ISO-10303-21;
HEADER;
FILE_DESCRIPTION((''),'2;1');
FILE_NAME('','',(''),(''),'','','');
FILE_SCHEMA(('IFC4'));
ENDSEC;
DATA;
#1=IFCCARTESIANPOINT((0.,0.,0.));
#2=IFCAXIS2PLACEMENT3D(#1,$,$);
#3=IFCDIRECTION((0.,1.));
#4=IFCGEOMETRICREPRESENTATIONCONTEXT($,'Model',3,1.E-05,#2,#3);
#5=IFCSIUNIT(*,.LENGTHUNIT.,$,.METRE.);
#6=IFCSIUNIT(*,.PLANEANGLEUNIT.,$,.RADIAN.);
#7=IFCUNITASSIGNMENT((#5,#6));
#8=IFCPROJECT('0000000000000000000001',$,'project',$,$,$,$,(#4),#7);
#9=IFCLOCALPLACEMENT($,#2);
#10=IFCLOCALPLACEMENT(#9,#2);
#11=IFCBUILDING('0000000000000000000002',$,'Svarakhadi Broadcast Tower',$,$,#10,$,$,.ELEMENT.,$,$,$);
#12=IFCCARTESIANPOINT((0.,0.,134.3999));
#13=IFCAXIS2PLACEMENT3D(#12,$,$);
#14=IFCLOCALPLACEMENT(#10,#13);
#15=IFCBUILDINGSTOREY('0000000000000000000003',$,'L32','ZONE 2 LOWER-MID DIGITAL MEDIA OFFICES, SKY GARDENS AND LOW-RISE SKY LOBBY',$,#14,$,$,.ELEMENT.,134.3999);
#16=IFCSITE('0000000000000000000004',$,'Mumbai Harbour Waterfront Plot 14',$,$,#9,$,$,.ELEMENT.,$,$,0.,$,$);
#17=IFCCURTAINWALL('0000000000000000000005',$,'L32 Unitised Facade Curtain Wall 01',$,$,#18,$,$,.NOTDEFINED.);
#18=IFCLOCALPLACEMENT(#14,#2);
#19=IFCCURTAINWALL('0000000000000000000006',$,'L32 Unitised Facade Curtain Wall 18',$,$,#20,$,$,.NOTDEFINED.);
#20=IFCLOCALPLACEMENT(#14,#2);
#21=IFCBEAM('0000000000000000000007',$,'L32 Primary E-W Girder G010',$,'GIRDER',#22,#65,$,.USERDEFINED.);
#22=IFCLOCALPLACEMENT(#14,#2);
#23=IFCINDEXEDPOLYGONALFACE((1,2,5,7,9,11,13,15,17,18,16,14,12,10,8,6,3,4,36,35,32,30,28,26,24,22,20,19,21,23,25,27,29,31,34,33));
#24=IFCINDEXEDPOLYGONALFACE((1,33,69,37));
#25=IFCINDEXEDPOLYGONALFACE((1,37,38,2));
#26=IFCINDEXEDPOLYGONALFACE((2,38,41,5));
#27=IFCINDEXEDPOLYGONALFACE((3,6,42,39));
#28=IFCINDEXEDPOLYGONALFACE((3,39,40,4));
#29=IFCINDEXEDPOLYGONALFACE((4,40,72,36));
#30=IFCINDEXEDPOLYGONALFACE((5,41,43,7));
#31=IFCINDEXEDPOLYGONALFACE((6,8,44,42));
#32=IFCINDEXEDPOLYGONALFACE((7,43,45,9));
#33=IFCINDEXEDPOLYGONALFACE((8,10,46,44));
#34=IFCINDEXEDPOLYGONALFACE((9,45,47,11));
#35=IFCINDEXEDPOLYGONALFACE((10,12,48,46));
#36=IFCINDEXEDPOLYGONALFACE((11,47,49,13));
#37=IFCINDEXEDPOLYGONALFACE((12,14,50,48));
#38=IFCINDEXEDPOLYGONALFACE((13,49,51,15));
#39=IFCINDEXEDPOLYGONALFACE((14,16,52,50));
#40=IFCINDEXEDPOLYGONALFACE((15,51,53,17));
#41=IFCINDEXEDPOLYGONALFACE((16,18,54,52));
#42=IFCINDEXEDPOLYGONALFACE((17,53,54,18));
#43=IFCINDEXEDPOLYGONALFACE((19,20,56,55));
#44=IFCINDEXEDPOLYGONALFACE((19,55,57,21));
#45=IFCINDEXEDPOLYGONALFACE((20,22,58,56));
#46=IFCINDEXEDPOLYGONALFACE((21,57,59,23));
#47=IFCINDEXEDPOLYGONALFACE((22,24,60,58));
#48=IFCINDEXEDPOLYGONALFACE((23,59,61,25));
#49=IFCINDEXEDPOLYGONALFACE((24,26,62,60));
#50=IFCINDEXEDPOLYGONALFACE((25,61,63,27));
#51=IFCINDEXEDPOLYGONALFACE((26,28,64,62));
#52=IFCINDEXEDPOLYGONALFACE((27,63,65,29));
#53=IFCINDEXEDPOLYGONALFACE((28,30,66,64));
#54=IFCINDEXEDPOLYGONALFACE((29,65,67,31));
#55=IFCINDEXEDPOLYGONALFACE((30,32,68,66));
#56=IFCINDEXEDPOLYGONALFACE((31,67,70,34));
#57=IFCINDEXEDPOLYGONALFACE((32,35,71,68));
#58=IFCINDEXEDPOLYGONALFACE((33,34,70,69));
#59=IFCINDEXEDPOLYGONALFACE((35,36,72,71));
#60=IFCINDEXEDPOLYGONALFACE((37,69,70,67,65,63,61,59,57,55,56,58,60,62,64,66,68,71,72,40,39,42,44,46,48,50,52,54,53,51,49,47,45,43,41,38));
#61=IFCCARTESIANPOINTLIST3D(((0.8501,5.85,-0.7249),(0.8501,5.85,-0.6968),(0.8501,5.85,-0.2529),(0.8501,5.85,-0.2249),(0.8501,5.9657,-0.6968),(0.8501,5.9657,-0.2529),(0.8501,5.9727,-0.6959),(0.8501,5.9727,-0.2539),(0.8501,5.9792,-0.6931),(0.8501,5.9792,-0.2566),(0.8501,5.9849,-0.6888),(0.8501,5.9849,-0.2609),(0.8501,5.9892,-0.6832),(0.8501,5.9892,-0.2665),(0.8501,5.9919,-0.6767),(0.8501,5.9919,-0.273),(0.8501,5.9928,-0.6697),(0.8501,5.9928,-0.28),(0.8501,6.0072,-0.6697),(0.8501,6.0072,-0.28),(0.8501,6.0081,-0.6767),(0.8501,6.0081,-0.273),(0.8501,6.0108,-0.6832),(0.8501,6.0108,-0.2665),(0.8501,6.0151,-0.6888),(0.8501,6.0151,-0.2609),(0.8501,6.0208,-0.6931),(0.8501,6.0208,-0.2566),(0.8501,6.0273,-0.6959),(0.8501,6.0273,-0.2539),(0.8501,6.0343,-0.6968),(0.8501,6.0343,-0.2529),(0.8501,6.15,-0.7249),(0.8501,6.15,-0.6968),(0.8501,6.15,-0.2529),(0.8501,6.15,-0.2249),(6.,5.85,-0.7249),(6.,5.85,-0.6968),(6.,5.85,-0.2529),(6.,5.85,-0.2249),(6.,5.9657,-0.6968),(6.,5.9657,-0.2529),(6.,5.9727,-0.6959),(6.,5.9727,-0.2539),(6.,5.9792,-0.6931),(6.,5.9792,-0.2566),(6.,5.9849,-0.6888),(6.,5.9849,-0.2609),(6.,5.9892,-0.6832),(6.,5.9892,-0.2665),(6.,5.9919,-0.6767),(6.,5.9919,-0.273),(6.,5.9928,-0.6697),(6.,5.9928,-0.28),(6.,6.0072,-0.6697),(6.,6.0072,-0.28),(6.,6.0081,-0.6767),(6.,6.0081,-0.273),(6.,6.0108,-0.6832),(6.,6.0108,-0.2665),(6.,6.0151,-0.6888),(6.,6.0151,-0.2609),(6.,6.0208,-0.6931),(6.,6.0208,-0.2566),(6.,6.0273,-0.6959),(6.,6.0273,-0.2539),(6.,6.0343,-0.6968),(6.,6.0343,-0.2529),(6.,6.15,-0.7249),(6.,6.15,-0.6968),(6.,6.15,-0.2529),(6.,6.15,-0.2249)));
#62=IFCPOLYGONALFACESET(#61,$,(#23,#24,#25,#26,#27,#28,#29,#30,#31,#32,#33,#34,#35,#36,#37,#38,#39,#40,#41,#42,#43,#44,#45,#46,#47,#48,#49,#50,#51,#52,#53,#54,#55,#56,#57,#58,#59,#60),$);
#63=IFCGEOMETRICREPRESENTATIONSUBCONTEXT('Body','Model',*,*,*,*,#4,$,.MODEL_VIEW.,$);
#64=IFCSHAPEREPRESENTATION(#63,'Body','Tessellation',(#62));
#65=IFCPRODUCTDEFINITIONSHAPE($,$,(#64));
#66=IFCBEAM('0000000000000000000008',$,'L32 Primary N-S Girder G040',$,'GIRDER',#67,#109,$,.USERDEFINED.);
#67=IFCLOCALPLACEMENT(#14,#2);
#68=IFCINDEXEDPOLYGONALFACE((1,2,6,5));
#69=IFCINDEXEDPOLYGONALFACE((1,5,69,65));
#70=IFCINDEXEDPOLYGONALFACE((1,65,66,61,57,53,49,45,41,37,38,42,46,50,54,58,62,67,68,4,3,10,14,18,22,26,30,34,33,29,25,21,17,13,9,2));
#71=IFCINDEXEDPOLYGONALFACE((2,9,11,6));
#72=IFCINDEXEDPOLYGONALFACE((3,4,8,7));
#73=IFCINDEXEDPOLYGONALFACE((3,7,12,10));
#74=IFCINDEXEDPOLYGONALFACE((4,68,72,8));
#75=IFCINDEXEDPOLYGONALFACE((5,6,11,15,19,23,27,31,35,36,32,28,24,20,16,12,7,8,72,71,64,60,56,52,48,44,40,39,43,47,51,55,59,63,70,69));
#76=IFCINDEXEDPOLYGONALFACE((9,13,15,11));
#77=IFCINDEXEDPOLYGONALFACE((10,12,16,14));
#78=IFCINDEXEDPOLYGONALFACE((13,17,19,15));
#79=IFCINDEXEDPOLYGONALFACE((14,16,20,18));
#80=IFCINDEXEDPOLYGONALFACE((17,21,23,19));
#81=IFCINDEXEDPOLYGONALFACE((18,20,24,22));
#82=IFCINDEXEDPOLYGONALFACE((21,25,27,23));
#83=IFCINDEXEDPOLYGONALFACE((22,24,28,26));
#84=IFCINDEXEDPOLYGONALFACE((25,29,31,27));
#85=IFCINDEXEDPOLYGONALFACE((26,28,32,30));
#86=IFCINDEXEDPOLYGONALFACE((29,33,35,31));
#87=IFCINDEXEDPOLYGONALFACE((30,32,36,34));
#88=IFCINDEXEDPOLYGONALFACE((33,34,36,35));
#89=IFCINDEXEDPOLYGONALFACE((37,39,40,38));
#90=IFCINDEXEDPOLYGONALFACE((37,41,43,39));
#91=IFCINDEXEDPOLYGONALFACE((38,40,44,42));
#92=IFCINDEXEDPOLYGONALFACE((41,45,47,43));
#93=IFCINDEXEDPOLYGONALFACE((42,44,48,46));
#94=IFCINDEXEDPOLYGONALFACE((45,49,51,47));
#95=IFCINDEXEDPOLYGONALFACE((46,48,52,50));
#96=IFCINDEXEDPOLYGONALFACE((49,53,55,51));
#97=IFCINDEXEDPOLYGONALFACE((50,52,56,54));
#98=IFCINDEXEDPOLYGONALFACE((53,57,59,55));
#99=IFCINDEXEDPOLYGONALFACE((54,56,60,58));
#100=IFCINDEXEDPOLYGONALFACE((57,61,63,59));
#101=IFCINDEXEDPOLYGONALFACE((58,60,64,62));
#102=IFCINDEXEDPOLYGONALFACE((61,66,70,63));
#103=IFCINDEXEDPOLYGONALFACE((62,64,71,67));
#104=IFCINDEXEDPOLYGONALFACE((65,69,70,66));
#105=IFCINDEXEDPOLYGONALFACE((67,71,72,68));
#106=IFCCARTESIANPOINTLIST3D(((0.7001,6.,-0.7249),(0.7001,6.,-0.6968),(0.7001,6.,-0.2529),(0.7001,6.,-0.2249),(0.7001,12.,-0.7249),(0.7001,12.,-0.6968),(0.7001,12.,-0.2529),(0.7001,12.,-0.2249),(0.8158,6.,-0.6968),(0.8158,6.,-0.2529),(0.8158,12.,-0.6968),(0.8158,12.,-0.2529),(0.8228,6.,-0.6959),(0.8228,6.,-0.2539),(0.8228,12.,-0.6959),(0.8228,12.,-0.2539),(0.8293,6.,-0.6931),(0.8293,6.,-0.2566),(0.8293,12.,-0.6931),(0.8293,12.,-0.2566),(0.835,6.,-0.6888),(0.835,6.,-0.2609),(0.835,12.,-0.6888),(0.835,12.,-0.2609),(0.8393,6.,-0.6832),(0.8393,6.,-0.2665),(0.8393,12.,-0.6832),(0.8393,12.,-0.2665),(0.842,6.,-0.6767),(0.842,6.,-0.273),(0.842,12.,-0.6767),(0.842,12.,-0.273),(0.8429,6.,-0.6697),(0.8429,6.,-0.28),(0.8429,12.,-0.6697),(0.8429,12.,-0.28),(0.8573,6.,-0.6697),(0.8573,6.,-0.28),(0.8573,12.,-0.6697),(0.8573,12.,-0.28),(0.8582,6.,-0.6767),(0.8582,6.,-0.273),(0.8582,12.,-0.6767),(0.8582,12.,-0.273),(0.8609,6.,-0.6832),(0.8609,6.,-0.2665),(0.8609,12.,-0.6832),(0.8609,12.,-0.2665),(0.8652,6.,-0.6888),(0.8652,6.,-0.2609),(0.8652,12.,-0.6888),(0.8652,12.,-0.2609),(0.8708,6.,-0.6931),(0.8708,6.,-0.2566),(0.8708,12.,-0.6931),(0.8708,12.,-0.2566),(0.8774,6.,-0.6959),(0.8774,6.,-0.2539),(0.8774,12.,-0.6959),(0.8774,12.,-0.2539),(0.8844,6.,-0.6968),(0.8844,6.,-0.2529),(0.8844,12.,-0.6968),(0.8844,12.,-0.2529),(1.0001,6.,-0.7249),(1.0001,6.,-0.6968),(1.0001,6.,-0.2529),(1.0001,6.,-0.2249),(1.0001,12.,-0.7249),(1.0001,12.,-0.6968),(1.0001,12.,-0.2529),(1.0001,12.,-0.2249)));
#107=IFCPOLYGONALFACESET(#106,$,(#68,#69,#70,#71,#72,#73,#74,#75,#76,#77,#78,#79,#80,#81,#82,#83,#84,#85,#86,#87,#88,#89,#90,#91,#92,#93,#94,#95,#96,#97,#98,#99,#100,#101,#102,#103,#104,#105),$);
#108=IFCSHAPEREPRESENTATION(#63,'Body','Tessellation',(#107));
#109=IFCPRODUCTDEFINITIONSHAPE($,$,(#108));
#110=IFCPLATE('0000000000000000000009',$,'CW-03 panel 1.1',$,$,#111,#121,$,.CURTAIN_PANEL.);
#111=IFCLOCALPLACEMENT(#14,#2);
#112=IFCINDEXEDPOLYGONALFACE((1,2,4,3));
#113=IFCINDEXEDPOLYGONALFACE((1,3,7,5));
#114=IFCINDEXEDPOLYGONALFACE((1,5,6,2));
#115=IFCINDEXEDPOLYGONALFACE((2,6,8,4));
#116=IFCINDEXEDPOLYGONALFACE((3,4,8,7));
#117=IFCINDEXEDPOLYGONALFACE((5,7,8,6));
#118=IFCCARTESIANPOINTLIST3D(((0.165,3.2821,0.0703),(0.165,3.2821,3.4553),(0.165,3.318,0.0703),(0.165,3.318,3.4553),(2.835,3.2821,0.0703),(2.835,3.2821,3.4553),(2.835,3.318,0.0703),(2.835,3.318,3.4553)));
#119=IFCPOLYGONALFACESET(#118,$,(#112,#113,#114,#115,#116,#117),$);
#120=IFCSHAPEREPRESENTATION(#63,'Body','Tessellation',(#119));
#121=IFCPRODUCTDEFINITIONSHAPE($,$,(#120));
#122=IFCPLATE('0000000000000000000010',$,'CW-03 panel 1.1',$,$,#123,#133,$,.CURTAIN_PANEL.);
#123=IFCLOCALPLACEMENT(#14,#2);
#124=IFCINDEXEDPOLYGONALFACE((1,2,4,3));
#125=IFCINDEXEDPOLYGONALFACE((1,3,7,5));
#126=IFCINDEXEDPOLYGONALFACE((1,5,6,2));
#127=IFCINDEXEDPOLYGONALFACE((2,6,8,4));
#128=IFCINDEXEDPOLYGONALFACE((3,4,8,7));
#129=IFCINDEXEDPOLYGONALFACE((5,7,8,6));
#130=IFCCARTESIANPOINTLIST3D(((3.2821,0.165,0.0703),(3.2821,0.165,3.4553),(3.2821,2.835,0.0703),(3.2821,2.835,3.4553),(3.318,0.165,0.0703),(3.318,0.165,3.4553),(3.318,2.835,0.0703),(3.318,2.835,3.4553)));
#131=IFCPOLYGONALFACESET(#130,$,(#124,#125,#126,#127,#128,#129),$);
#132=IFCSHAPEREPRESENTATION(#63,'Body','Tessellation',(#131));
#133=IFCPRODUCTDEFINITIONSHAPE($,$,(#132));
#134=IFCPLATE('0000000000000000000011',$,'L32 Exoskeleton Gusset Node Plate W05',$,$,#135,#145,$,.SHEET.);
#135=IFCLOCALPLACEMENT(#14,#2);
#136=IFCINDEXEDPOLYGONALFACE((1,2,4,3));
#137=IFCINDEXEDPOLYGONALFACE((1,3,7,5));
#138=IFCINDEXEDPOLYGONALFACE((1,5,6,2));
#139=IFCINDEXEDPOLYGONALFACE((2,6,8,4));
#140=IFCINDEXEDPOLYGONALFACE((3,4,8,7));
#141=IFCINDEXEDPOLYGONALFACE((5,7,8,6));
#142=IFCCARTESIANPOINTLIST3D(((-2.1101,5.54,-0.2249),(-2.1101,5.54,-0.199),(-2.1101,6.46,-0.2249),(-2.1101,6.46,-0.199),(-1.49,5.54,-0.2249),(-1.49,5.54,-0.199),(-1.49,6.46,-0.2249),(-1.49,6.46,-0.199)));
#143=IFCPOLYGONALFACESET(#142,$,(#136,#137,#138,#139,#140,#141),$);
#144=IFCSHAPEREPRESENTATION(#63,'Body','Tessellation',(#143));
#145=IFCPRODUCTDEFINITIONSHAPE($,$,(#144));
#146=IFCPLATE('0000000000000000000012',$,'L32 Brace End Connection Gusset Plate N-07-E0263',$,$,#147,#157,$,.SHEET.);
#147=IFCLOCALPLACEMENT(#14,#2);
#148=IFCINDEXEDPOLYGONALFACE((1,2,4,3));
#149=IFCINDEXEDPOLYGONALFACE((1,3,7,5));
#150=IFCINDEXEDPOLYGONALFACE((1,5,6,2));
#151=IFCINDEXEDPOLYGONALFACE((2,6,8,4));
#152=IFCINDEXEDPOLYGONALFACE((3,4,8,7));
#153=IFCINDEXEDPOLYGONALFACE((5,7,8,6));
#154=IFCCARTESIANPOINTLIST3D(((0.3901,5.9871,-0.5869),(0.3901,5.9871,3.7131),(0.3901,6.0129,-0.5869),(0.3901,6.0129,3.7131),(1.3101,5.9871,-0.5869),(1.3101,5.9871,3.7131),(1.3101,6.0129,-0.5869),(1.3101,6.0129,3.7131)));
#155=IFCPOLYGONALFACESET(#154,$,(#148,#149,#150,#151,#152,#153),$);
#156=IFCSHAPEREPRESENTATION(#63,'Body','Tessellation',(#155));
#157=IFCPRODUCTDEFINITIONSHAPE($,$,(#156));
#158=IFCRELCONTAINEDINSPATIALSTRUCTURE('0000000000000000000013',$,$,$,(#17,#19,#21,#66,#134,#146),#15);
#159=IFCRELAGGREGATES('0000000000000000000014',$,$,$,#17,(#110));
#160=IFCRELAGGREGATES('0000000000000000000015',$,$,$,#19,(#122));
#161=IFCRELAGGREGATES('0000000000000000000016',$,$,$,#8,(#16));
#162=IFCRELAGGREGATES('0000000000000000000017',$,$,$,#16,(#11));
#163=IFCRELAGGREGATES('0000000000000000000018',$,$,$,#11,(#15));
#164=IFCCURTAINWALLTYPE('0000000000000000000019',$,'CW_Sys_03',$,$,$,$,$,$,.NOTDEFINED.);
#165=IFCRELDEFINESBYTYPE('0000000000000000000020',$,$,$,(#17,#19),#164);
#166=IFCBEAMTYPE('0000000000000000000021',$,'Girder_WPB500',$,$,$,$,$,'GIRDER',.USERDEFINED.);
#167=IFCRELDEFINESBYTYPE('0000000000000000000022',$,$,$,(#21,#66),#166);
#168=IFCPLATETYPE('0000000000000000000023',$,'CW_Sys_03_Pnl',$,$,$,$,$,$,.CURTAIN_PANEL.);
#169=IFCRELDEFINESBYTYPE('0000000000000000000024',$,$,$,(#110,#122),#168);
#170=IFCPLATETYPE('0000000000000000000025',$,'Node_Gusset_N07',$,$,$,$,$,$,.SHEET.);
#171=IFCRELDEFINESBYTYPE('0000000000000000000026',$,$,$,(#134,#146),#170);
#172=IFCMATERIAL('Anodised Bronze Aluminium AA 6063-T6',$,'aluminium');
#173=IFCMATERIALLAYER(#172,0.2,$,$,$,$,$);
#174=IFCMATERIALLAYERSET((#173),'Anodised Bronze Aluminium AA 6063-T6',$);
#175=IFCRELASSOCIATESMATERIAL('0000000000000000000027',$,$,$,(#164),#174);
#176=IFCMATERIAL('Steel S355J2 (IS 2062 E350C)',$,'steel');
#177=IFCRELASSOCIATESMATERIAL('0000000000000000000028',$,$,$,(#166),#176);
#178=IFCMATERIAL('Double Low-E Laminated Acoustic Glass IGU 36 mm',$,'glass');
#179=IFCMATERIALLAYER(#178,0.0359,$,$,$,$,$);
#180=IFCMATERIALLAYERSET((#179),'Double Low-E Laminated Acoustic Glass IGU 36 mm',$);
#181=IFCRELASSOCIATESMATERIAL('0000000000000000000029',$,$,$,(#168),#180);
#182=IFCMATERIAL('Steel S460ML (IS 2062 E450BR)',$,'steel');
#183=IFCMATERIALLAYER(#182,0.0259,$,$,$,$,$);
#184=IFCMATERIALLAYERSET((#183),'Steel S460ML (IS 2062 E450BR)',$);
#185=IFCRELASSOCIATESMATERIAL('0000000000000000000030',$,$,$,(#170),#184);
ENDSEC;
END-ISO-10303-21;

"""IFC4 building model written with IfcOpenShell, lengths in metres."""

from ifc_helpers import new_model, si_unit, direction, frame, origin, origin_2d, place, context, subcontext, project, spatial, rectangle, i_section, extrude, material, layer, layer_set, material_profile, profile_set, type_object, element, aggregate, save


model = new_model("IFC4")

# Units and contexts
model_context = context("Model", 3, precision=1e-05, world=origin(), true_north=direction((0.0, 1.0)))
body_context = subcontext(model_context, "Body", "Model", "MODEL_VIEW")
ifc_project = project(units=[si_unit("LENGTHUNIT", "METRE"), si_unit("PLANEANGLEUNIT", "RADIAN")], contexts=[model_context])

# Site, building, storey
site_placement = place(None, origin())
site = spatial("IfcSite", under=ifc_project, at=site_placement, Name="Mumbai Harbour Waterfront Plot 14", CompositionType="ELEMENT", RefElevation=0.0)
building_placement = place(site_placement, origin())
building = spatial("IfcBuilding", under=site, at=building_placement, Name="Svarakhadi Broadcast Tower", CompositionType="ELEMENT")
storey_placement = place(building_placement, frame((0.0, 0.0, 134.3999)))
storey = spatial("IfcBuildingStorey", under=building, at=storey_placement, Name="L32", Description="ZONE 2 LOWER-MID DIGITAL MEDIA OFFICES, SKY GARDENS AND LOW-RISE SKY LOBBY", CompositionType="ELEMENT", Elevation=134.3999)

# Shared definitions
ifc_material_1 = material(Name="Steel S460ML (IS 2062 E450BR)", Category="steel")

# Curtain wall
ifc_material_2 = material(Name="Anodised Bronze Aluminium AA 6063-T6", Category="aluminium")
ifc_layer_1 = layer(ifc_material_2, 0.2)
ifc_layer_set_1 = layer_set([ifc_layer_1], Name="Anodised Bronze Aluminium AA 6063-T6")
curtain_wall_type = type_object("IfcCurtainWallType", Name="CW_Sys_03", PredefinedType="NOTDEFINED", material=ifc_layer_set_1)
curtain_wall_1_placement = place(storey_placement, origin())
curtain_wall_1 = element("IfcCurtainWall", 1, at=curtain_wall_1_placement, inside=storey, type_object=curtain_wall_type, Name="L32 Unitised Facade Curtain Wall 01", PredefinedType="NOTDEFINED")

# Curtain wall
curtain_wall_2_placement = place(storey_placement, origin())
curtain_wall_2 = element("IfcCurtainWall", 2, at=curtain_wall_2_placement, inside=storey, type_object=curtain_wall_type, Name="L32 Unitised Facade Curtain Wall 18", PredefinedType="NOTDEFINED")

# Beams
ifc_material_3 = material(Name="Steel S355J2 (IS 2062 E350C)", Category="steel")
ifc_material_profile_1 = material_profile(ifc_material_3, i_section(OverallWidth=0.3, OverallDepth=0.5, WebThickness=0.0144, FlangeThickness=0.0281, FilletRadius=0.0271, at=origin_2d()), Name="WPB 500x300x187")
ifc_profile_set_1 = profile_set([ifc_material_profile_1], Name="Steel S355J2 (IS 2062 E350C)")
beam_type = type_object("IfcBeamType", Name="Girder_WPB500", ElementType="GIRDER", PredefinedType="USERDEFINED", material=ifc_profile_set_1)
beam_1_placement = place(storey_placement, frame((0.8501, 6.0, -0.4749), z_axis=(1.0, 0.0, 0.0), x_axis=(0.0, 1.0, 0.0)))
element("IfcBeam", 3, at=beam_1_placement, inside=storey, type_object=beam_type, Name="L32 Primary E-W Girder G010", ObjectType="GIRDER", PredefinedType="USERDEFINED", context=body_context, shape_type="SweptSolid", body=[
    extrude(i_section(OverallWidth=0.3, OverallDepth=0.5, WebThickness=0.0144, FlangeThickness=0.0281, FilletRadius=0.0271, at=origin_2d()), origin(), (0.0, 0.0, 1.0), 5.1499),
])
beam_2_placement = place(storey_placement, frame((0.8501, 6.0, -0.4749), z_axis=(0.0, 1.0, 0.0), x_axis=(-1.0, 0.0, 0.0)))
element("IfcBeam", 4, at=beam_2_placement, inside=storey, type_object=beam_type, Name="L32 Primary N-S Girder G040", ObjectType="GIRDER", PredefinedType="USERDEFINED", context=body_context, shape_type="SweptSolid", body=[
    extrude(i_section(OverallWidth=0.3, OverallDepth=0.5, WebThickness=0.0144, FlangeThickness=0.0281, FilletRadius=0.0271, at=origin_2d()), origin(), (0.0, 0.0, 1.0), 6.0),
])

# Plates
ifc_material_4 = material(Name="Double Low-E Laminated Acoustic Glass IGU 36 mm", Category="glass")
ifc_layer_2 = layer(ifc_material_4, 0.0359)
ifc_layer_set_2 = layer_set([ifc_layer_2], Name="Double Low-E Laminated Acoustic Glass IGU 36 mm")
plate_type_1 = type_object("IfcPlateType", Name="CW_Sys_03_Pnl", PredefinedType="CURTAIN_PANEL", material=ifc_layer_set_2)
plate_1_placement = place(storey_placement, frame((1.5, 3.3, 0.0703), z_axis=(0.0, 0.0, 1.0), x_axis=(-1.0, 0.0, 0.0)))
plate_1 = element("IfcPlate", 5, at=plate_1_placement, type_object=plate_type_1, Name="CW-03 panel 1.1", PredefinedType="CURTAIN_PANEL", context=body_context, shape_type="SweptSolid", body=[
    extrude(rectangle(XDim=2.6699, YDim=0.0359, at=origin_2d()), origin(), (0.0, 0.0, 1.0), 3.385),
])
aggregate(curtain_wall_1, [plate_1])
plate_2_placement = place(storey_placement, frame((3.3, 1.5, 0.0703), z_axis=(0.0, 0.0, 1.0), x_axis=(0.0, 1.0, 0.0)))
plate_2 = element("IfcPlate", 6, at=plate_2_placement, type_object=plate_type_1, Name="CW-03 panel 1.1", PredefinedType="CURTAIN_PANEL", context=body_context, shape_type="SweptSolid", body=[
    extrude(rectangle(XDim=2.6699, YDim=0.0359, at=origin_2d()), origin(), (0.0, 0.0, 1.0), 3.385),
])
aggregate(curtain_wall_2, [plate_2])

# Plates
ifc_layer_3 = layer(ifc_material_1, 0.0259)
ifc_layer_set_3 = layer_set([ifc_layer_3], Name="Steel S460ML (IS 2062 E450BR)")
plate_type_2 = type_object("IfcPlateType", Name="Node_Gusset_N07", PredefinedType="SHEET", material=ifc_layer_set_3)
plate_3_placement = place(storey_placement, frame((-1.8, 6.0, -0.2249), z_axis=(0.0, 0.0, 1.0), x_axis=(0.0, 1.0, 0.0)))
element("IfcPlate", 7, at=plate_3_placement, inside=storey, type_object=plate_type_2, Name="L32 Exoskeleton Gusset Node Plate W05", PredefinedType="SHEET", context=body_context, shape_type="SweptSolid", body=[
    extrude(rectangle(XDim=0.9199, YDim=0.6201, at=origin_2d()), origin(), (0.0, 0.0, 1.0), 0.0259),
])
plate_4_placement = place(storey_placement, frame((0.8501, 6.0, -0.5869), z_axis=(0.0, 0.0, 1.0), x_axis=(1.0, 0.0, 0.0)))
element("IfcPlate", 8, at=plate_4_placement, inside=storey, type_object=plate_type_2, Name="L32 Brace End Connection Gusset Plate N-07-E0263", PredefinedType="SHEET", context=body_context, shape_type="SweptSolid", body=[
    extrude(rectangle(XDim=0.9199, YDim=0.0259, at=origin_2d()), origin(), (0.0, 0.0, 1.0), 4.3),
])

save(model, "model.ifc")
